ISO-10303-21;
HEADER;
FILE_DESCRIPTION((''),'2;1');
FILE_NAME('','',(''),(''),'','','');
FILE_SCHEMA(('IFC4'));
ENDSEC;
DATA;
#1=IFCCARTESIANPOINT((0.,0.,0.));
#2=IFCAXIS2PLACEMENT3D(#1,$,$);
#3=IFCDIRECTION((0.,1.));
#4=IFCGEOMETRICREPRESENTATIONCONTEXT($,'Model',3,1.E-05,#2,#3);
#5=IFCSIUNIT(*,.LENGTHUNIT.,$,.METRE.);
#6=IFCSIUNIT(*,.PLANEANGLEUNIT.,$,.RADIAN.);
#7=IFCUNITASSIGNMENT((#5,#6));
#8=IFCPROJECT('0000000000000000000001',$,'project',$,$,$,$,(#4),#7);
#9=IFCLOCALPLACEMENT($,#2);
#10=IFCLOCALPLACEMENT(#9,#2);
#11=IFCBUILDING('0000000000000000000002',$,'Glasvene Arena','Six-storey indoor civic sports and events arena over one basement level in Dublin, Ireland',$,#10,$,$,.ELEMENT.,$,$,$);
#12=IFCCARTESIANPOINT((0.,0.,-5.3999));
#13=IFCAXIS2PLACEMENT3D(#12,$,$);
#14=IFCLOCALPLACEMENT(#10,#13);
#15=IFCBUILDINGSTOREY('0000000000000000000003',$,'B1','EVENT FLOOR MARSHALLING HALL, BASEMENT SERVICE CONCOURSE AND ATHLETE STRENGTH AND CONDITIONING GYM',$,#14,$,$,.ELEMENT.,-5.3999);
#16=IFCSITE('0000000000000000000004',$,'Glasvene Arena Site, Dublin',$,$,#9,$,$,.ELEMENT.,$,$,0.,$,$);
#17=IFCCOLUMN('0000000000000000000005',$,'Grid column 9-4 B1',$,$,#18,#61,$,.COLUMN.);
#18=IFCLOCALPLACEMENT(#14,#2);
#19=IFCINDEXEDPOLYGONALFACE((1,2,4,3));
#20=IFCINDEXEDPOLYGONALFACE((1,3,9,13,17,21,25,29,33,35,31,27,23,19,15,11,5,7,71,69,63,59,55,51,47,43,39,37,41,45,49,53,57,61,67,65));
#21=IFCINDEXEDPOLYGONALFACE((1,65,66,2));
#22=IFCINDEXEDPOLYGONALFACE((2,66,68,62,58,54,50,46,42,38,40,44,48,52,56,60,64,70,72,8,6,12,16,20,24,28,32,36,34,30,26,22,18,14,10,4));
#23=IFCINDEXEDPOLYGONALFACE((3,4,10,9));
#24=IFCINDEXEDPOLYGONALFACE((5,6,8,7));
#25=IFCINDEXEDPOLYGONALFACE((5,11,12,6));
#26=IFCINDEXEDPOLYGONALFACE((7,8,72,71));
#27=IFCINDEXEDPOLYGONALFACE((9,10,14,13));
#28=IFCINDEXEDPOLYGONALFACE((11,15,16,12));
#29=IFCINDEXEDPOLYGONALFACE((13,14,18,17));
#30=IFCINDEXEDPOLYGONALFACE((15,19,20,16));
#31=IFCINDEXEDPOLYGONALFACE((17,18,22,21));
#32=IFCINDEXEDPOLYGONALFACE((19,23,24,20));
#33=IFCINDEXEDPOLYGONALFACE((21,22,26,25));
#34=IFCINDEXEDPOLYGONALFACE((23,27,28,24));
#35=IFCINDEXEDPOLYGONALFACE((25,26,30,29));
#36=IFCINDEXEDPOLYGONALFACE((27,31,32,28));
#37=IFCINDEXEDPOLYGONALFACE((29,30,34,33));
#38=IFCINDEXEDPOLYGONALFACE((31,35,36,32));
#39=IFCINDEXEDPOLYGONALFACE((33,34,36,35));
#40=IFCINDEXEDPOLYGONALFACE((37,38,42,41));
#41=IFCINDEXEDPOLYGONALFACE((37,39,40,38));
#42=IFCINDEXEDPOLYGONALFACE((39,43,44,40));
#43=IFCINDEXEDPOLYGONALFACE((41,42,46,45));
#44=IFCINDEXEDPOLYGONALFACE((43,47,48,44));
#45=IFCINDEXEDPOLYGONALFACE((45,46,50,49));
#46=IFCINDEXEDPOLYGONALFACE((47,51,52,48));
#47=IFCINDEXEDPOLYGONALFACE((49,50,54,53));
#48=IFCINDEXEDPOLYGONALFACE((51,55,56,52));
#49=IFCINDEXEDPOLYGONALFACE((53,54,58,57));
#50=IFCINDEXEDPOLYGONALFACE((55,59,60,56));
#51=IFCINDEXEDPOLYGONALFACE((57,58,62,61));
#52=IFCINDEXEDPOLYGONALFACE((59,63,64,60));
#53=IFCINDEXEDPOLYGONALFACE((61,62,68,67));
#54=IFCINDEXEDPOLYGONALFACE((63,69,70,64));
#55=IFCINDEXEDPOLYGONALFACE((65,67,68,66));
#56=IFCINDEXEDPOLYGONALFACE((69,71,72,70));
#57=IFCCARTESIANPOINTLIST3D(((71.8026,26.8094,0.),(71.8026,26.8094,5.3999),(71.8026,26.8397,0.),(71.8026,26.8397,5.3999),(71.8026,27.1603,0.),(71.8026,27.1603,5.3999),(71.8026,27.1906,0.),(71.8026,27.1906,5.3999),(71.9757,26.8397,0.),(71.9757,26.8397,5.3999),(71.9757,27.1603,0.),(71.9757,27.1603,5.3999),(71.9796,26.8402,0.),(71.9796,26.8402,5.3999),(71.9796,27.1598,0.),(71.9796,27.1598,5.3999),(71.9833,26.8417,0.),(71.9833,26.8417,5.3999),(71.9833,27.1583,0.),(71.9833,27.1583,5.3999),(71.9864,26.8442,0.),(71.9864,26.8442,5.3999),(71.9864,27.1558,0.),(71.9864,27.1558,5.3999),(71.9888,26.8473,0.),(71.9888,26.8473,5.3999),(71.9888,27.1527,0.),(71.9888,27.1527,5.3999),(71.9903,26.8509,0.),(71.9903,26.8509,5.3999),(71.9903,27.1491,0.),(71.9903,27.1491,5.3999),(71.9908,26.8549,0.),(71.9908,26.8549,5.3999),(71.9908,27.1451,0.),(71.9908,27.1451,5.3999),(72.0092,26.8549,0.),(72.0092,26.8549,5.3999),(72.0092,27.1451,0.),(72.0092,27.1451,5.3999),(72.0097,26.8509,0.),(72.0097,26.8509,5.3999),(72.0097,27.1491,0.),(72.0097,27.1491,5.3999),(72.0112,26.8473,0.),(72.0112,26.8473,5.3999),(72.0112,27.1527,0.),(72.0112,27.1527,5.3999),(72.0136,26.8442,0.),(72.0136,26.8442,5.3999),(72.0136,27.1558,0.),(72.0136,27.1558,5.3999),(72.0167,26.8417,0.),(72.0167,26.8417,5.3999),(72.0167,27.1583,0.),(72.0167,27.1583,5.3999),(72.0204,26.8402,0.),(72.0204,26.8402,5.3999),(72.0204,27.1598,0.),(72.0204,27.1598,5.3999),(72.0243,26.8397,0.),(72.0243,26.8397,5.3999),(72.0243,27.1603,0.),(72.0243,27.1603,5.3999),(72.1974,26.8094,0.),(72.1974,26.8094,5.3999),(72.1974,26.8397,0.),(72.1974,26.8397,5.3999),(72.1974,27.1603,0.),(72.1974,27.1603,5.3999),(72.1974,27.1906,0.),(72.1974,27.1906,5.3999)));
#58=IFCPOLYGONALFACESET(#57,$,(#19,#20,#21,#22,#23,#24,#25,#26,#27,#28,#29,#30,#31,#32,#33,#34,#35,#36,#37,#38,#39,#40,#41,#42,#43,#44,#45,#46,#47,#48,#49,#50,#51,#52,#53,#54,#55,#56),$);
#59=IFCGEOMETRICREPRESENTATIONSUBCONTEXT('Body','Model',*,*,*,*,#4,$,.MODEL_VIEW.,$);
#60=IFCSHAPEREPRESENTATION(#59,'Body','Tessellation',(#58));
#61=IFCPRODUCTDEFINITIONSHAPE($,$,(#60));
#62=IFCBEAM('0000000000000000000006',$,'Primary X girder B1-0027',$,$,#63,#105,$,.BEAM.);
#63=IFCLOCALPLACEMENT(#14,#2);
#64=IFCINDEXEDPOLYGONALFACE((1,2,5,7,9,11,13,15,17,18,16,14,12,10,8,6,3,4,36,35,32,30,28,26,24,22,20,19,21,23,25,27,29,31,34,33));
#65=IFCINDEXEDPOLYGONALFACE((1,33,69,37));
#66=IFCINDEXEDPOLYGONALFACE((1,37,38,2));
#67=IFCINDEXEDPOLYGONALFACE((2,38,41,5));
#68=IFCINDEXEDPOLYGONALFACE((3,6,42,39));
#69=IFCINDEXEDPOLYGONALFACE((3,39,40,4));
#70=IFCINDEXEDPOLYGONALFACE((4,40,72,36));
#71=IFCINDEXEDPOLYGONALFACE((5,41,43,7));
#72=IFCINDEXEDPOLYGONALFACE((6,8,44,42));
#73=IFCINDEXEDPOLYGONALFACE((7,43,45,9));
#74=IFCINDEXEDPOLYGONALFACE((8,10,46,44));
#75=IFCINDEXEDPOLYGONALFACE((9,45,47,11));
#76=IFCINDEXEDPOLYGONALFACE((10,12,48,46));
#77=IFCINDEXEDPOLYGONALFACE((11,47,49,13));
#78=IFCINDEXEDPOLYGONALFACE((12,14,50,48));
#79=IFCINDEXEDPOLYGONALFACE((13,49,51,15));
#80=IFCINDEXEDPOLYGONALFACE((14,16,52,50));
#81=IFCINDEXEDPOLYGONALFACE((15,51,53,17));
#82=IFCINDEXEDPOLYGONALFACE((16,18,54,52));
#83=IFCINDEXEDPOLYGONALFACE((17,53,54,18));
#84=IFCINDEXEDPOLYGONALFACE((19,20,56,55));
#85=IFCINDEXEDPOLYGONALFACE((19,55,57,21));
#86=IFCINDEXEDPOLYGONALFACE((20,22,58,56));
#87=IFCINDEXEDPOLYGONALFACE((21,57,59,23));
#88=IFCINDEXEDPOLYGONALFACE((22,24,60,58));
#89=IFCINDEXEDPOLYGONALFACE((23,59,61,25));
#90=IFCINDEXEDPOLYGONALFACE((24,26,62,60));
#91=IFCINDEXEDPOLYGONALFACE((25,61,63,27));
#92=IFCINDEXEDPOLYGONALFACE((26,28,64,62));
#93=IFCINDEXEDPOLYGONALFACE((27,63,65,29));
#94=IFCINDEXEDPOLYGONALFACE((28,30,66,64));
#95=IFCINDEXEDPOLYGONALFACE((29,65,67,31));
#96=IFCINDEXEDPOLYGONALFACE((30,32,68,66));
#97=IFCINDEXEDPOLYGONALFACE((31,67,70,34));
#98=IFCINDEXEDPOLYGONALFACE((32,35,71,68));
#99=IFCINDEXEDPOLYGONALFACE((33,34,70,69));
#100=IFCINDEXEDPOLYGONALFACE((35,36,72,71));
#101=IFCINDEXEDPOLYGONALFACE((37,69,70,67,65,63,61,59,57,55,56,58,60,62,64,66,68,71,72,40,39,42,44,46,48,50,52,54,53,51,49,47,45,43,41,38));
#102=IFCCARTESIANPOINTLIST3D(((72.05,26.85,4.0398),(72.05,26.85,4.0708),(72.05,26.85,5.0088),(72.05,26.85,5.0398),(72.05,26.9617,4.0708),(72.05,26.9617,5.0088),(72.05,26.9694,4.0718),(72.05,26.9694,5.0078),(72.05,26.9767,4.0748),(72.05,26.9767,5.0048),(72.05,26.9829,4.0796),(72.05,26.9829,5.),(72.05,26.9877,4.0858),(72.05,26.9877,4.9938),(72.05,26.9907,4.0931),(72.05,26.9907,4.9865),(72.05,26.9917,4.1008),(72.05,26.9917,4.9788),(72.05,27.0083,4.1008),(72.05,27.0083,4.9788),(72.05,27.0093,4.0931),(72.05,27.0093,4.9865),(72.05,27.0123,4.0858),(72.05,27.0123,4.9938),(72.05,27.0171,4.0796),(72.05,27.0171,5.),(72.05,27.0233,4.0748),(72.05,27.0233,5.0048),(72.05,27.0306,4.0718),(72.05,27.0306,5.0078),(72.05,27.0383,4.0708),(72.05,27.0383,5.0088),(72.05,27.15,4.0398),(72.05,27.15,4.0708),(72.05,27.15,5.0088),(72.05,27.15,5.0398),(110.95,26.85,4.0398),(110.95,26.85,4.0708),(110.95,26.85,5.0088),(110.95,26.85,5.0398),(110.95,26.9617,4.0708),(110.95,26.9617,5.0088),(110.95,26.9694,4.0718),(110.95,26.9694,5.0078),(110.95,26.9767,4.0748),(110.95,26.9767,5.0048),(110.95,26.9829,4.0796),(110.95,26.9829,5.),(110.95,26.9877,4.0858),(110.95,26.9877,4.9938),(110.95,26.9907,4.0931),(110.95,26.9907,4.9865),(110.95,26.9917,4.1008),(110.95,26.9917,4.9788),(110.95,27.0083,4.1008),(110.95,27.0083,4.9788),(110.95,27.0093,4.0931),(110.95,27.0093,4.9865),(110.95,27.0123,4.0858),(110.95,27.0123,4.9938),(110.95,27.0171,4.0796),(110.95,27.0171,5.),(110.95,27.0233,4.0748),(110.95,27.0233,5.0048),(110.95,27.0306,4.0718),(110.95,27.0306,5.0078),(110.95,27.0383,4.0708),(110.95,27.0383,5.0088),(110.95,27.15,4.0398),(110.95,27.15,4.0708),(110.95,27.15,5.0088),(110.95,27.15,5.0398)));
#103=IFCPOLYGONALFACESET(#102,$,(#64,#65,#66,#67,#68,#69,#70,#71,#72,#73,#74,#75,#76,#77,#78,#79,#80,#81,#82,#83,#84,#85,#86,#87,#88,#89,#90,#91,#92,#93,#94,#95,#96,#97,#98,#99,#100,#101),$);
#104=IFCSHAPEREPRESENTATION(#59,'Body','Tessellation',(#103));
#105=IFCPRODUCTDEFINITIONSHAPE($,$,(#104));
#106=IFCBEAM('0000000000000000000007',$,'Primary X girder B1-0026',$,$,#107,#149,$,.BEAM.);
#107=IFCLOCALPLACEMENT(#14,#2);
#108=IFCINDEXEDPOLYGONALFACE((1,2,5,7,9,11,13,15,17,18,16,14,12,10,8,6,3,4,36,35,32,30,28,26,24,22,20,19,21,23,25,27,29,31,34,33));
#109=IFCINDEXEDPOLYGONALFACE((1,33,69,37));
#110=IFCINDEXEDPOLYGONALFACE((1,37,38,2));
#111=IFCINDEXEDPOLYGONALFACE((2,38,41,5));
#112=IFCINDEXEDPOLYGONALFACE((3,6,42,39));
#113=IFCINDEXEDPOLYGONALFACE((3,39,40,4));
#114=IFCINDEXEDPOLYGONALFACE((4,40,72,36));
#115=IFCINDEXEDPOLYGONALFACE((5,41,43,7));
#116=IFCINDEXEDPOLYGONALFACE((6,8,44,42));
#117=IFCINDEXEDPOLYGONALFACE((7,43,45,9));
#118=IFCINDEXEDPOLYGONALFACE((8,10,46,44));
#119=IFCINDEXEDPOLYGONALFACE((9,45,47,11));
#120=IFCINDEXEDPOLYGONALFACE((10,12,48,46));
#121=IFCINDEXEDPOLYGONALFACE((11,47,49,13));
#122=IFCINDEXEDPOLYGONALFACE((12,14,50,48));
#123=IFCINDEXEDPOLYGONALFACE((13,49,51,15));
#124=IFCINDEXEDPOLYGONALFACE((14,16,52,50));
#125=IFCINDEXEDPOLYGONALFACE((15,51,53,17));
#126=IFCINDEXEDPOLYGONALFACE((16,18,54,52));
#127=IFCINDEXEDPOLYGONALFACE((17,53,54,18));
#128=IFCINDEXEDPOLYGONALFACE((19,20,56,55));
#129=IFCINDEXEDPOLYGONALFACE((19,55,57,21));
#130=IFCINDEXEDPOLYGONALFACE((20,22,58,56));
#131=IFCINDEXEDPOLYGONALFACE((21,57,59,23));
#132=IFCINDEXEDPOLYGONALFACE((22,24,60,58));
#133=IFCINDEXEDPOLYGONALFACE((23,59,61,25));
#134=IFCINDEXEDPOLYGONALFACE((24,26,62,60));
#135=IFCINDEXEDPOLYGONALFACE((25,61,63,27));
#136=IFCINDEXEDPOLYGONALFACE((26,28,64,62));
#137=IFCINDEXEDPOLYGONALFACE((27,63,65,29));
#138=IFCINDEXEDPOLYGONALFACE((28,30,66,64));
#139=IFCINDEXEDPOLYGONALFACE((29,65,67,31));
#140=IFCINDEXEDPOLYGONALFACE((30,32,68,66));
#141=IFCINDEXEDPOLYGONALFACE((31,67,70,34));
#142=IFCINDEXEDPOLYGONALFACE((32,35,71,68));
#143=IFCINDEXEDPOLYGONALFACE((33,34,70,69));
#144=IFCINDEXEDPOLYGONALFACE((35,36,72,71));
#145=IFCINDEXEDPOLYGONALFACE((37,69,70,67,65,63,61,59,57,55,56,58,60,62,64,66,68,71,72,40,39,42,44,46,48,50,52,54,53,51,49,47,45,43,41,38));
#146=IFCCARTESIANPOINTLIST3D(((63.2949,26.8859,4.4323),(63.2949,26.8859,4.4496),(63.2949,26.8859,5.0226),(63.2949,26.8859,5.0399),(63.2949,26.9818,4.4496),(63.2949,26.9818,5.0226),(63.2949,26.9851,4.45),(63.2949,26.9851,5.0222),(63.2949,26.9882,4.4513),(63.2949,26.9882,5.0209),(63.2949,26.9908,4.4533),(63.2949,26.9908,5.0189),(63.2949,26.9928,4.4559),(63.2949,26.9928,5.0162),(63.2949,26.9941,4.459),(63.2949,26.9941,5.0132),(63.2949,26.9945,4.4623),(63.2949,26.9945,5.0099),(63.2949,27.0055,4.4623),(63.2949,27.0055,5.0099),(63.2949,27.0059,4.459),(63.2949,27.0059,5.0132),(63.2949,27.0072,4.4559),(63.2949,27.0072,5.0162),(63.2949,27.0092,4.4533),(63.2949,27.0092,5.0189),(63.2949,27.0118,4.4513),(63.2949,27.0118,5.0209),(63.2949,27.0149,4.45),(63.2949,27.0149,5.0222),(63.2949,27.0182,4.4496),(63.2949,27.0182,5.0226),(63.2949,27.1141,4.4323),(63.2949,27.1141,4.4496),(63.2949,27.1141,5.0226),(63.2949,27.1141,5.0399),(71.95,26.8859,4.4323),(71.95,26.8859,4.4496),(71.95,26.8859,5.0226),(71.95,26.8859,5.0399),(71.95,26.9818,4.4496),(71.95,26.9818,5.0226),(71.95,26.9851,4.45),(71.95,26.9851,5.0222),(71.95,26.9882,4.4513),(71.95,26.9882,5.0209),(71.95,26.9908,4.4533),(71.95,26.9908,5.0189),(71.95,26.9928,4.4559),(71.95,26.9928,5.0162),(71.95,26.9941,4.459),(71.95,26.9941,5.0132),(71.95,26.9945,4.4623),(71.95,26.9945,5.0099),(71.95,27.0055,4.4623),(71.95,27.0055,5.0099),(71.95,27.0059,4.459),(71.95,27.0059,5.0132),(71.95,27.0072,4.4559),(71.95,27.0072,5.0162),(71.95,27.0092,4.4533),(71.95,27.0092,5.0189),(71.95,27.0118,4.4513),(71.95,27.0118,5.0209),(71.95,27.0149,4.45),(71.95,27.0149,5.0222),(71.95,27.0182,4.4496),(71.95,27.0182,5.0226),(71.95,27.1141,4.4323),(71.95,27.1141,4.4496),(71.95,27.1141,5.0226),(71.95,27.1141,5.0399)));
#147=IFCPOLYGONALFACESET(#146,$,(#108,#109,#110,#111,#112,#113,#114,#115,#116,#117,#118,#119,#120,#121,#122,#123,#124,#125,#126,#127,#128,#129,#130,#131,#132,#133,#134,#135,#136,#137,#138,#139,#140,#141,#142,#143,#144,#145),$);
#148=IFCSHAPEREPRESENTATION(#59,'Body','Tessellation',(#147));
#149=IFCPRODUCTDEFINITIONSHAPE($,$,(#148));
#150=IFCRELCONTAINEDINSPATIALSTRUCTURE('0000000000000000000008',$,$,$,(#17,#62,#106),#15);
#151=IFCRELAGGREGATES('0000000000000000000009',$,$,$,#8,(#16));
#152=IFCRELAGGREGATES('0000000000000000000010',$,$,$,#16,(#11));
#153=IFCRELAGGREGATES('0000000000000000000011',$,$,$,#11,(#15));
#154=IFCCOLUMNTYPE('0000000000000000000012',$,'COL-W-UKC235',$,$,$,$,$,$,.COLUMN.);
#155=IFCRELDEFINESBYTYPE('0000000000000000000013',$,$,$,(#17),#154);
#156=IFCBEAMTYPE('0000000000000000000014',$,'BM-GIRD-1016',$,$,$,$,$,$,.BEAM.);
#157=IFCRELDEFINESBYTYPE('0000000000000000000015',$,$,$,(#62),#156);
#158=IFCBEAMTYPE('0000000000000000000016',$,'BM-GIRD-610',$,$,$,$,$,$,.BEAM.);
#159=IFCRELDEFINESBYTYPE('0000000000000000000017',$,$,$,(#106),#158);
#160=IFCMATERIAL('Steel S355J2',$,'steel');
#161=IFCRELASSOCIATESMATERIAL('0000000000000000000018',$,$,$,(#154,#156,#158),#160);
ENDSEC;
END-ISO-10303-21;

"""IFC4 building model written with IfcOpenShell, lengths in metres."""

from ifc_helpers import new_model, si_unit, direction, frame, origin, origin_2d, place, context, subcontext, project, spatial, i_section, extrude, material, material_profile, profile_set, type_object, element, save


model = new_model("IFC4")

# Units and contexts
model_context = context("Model", 3, precision=1e-05, world=origin(), true_north=direction((0.0, 1.0)))
body_context = subcontext(model_context, "Body", "Model", "MODEL_VIEW")
ifc_project = project(units=[si_unit("LENGTHUNIT", "METRE"), si_unit("PLANEANGLEUNIT", "RADIAN")], contexts=[model_context])

# Site, building, storey
site_placement = place(None, origin())
site = spatial("IfcSite", under=ifc_project, at=site_placement, Name="Glasvene Arena Site, Dublin", CompositionType="ELEMENT", RefElevation=0.0)
building_placement = place(site_placement, origin())
building = spatial("IfcBuilding", under=site, at=building_placement, Name="Glasvene Arena", Description="Six-storey indoor civic sports and events arena over one basement level in Dublin, Ireland", CompositionType="ELEMENT")
storey_placement = place(building_placement, frame((0.0, 0.0, -5.3999)))
storey = spatial("IfcBuildingStorey", under=building, at=storey_placement, Name="B1", Description="EVENT FLOOR MARSHALLING HALL, BASEMENT SERVICE CONCOURSE AND ATHLETE STRENGTH AND CONDITIONING GYM", CompositionType="ELEMENT", Elevation=-5.3999)

# Column
ifc_material_1 = material(Name="Steel S355J2", Category="steel")
ifc_material_profile_1 = material_profile(ifc_material_1, i_section(OverallWidth=0.3948, OverallDepth=0.3811, WebThickness=0.0183, FlangeThickness=0.0303, FilletRadius=0.0151, at=origin_2d()), Name="UKC 356x406x235")
ifc_profile_set_1 = profile_set([ifc_material_profile_1], Name="Steel S355J2")
column_type_1 = type_object("IfcColumnType", Name="COL-W-UKC235", PredefinedType="COLUMN", material=ifc_profile_set_1)
column_1_placement = place(storey_placement, frame((72.0, 27.0, 0.0), z_axis=(0.0, 0.0, 1.0), x_axis=(1.0, 0.0, 0.0)))
element("IfcColumn", 1, at=column_1_placement, inside=storey, type_object=column_type_1, Name="Grid column 9-4 B1", PredefinedType="COLUMN", context=body_context, shape_type="SweptSolid", body=[
    extrude(i_section(OverallWidth=0.3948, OverallDepth=0.3811, WebThickness=0.0183, FlangeThickness=0.0303, FilletRadius=0.0151, at=origin_2d()), origin(), (0.0, 0.0, 1.0), 5.3999),
])

# Beams
ifc_material_profile_2 = material_profile(ifc_material_1, i_section(OverallWidth=0.3, OverallDepth=1.0, WebThickness=0.0166, FlangeThickness=0.031, FilletRadius=0.03, at=origin_2d()), Name="UKB 1016x305x272")
ifc_profile_set_2 = profile_set([ifc_material_profile_2], Name="Steel S355J2")
beam_type_1 = type_object("IfcBeamType", Name="BM-GIRD-1016", PredefinedType="BEAM", material=ifc_profile_set_2)
beam_1_placement = place(storey_placement, frame((72.05, 27.0, 4.5398), z_axis=(1.0, 0.0, 0.0), x_axis=(0.0, 1.0, 0.0)))
element("IfcBeam", 2, at=beam_1_placement, inside=storey, type_object=beam_type_1, Name="Primary X girder B1-0027", PredefinedType="BEAM", context=body_context, shape_type="SweptSolid", body=[
    extrude(i_section(OverallWidth=0.3, OverallDepth=1.0, WebThickness=0.0166, FlangeThickness=0.031, FilletRadius=0.03, at=origin_2d()), origin(), (0.0, 0.0, 1.0), 38.8999),
])
ifc_material_profile_3 = material_profile(ifc_material_1, i_section(OverallWidth=0.2283, OverallDepth=0.6077, WebThickness=0.011, FlangeThickness=0.0173, FilletRadius=0.0127, at=origin_2d()), Name="UKB 610x229x113")
ifc_profile_set_3 = profile_set([ifc_material_profile_3], Name="Steel S355J2")
beam_type_2 = type_object("IfcBeamType", Name="BM-GIRD-610", PredefinedType="BEAM", material=ifc_profile_set_3)
beam_2_placement = place(storey_placement, frame((63.2949, 27.0, 4.7361), z_axis=(1.0, 0.0, 0.0), x_axis=(0.0, 1.0, 0.0)))
element("IfcBeam", 3, at=beam_2_placement, inside=storey, type_object=beam_type_2, Name="Primary X girder B1-0026", PredefinedType="BEAM", context=body_context, shape_type="SweptSolid", body=[
    extrude(i_section(OverallWidth=0.2283, OverallDepth=0.6077, WebThickness=0.011, FlangeThickness=0.0173, FilletRadius=0.0127, at=origin_2d()), origin(), (0.0, 0.0, 1.0), 8.655),
])

save(model, "model.ifc")
